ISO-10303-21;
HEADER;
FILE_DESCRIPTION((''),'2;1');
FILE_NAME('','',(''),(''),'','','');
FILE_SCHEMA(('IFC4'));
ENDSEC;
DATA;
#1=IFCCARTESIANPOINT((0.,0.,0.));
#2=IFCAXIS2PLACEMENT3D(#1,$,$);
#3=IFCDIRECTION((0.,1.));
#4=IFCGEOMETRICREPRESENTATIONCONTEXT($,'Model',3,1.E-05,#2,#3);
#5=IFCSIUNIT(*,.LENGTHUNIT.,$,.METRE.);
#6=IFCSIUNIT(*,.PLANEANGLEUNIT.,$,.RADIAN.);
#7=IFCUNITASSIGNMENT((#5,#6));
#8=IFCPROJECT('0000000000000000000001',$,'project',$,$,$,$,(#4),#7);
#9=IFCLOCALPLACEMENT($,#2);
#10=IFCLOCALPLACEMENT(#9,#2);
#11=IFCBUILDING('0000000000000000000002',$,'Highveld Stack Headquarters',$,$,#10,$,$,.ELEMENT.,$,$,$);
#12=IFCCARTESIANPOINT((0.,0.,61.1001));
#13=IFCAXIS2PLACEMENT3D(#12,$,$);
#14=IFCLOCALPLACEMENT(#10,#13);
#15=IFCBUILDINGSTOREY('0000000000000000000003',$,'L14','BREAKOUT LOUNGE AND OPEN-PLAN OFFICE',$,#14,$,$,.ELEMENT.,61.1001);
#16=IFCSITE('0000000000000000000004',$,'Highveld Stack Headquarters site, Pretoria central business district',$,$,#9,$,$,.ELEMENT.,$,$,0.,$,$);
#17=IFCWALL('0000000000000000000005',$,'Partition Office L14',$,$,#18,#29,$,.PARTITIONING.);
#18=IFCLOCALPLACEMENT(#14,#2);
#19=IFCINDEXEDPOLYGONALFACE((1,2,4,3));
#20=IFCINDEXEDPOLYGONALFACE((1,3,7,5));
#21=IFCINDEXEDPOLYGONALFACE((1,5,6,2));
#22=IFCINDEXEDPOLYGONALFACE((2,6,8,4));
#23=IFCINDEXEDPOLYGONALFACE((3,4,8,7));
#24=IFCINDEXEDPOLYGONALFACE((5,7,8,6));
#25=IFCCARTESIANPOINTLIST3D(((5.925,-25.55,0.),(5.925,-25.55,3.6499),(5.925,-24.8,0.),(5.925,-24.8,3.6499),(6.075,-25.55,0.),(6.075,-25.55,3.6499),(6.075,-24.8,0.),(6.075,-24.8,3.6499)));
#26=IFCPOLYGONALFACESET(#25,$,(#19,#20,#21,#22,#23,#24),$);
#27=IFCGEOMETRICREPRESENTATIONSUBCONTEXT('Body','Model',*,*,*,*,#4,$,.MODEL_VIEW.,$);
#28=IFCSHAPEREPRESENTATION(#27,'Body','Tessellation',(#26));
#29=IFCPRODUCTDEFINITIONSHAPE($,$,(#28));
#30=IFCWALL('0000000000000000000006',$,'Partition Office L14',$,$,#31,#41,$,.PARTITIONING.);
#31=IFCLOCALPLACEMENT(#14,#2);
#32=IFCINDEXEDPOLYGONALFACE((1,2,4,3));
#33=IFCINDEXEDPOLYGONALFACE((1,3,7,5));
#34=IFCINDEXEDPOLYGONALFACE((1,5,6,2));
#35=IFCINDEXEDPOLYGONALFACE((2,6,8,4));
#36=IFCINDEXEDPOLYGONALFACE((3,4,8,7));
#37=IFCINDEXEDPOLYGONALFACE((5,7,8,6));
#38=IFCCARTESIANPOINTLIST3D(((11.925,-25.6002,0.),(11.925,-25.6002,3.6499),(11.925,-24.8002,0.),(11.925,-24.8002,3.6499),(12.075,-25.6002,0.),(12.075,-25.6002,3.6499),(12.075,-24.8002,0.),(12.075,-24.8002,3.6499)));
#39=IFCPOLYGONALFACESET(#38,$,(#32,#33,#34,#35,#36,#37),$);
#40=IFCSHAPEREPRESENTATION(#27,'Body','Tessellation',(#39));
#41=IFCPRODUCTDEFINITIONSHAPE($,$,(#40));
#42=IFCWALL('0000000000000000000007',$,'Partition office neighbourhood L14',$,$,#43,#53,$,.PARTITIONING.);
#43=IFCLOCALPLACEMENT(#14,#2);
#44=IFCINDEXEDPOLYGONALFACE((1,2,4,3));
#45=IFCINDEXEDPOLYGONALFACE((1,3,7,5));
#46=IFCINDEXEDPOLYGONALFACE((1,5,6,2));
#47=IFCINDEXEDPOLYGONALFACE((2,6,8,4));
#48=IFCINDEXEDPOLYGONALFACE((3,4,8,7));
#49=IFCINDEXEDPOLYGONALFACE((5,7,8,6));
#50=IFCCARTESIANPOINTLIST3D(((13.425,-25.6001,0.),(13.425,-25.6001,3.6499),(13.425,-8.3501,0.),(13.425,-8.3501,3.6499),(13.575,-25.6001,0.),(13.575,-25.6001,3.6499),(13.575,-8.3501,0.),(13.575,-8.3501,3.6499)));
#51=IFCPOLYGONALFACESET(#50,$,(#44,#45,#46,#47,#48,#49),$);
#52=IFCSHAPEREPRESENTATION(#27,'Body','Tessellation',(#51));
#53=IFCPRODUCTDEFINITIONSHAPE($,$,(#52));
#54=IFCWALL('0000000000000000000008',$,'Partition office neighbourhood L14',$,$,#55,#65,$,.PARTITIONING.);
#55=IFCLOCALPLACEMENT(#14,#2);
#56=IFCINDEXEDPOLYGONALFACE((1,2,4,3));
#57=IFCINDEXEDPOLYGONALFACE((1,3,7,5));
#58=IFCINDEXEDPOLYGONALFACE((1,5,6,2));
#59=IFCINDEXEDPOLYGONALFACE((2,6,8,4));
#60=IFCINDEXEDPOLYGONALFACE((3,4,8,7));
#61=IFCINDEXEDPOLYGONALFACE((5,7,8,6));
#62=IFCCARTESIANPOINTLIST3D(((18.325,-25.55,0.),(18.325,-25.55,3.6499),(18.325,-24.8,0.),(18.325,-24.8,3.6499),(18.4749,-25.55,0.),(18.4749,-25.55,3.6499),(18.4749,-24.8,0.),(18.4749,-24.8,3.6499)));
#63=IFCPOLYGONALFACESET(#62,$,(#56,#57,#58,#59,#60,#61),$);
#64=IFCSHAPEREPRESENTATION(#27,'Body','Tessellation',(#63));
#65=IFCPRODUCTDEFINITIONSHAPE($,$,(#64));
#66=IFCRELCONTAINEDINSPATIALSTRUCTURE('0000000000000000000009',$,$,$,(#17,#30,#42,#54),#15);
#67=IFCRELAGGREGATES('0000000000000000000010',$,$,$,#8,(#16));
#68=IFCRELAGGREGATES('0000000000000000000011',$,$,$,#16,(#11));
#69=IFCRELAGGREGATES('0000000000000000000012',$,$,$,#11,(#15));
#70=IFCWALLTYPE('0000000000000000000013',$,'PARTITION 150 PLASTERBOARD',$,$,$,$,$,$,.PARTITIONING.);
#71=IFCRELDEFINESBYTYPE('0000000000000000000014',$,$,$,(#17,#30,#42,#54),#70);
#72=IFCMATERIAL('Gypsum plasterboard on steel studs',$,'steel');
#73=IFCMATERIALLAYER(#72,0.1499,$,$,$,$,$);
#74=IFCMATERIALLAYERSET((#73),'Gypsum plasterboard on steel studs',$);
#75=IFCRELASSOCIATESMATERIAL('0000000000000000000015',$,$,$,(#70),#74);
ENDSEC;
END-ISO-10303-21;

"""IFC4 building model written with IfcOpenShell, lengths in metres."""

from ifc_helpers import new_model, si_unit, direction, frame, frame_2d, origin, place, context, subcontext, project, spatial, rectangle, extrude, material, layer, layer_set, type_object, element, save


model = new_model("IFC4")

# Units and contexts
model_context = context("Model", 3, precision=1e-05, world=origin(), true_north=direction((0.0, 1.0)))
body_context = subcontext(model_context, "Body", "Model", "MODEL_VIEW")
ifc_project = project(units=[si_unit("LENGTHUNIT", "METRE"), si_unit("PLANEANGLEUNIT", "RADIAN")], contexts=[model_context])

# Site, building, storey
site_placement = place(None, origin())
site = spatial("IfcSite", under=ifc_project, at=site_placement, Name="Highveld Stack Headquarters site, Pretoria central business district", CompositionType="ELEMENT", RefElevation=0.0)
building_placement = place(site_placement, origin())
building = spatial("IfcBuilding", under=site, at=building_placement, Name="Highveld Stack Headquarters", CompositionType="ELEMENT")
storey_placement = place(building_placement, frame((0.0, 0.0, 61.1001)))
storey = spatial("IfcBuildingStorey", under=building, at=storey_placement, Name="L14", Description="BREAKOUT LOUNGE AND OPEN-PLAN OFFICE", CompositionType="ELEMENT", Elevation=61.1001)

# Walls
ifc_material_1 = material(Name="Gypsum plasterboard on steel studs", Category="steel")
ifc_layer_1 = layer(ifc_material_1, 0.1499)
ifc_layer_set_1 = layer_set([ifc_layer_1], Name="Gypsum plasterboard on steel studs")
wall_type = type_object("IfcWallType", Name="PARTITION 150 PLASTERBOARD", PredefinedType="PARTITIONING", material=ifc_layer_set_1)
wall_1_placement = place(storey_placement, frame((6.0, -25.55, 0.0), z_axis=(0.0, 0.0, 1.0), x_axis=(0.0, 1.0, 0.0)))
element("IfcWall", 1, at=wall_1_placement, inside=storey, type_object=wall_type, Name="Partition Office L14", PredefinedType="PARTITIONING", context=body_context, shape_type="SweptSolid", body=[
    extrude(rectangle(XDim=0.75, YDim=0.1499, at=frame_2d((0.375, 0.0))), origin(), (0.0, 0.0, 1.0), 3.6499),
])
wall_2_placement = place(storey_placement, frame((12.0, -25.6001, 0.0), z_axis=(0.0, 0.0, 1.0), x_axis=(0.0, 1.0, 0.0)))
element("IfcWall", 2, at=wall_2_placement, inside=storey, type_object=wall_type, Name="Partition Office L14", PredefinedType="PARTITIONING", context=body_context, shape_type="SweptSolid", body=[
    extrude(rectangle(XDim=0.8, YDim=0.1499, at=frame_2d((0.3999, 0.0))), origin(), (0.0, 0.0, 1.0), 3.6499),
])
wall_3_placement = place(storey_placement, frame((13.5, -25.6001, 0.0), z_axis=(0.0, 0.0, 1.0), x_axis=(0.0, 1.0, 0.0)))
element("IfcWall", 3, at=wall_3_placement, inside=storey, type_object=wall_type, Name="Partition office neighbourhood L14", PredefinedType="PARTITIONING", context=body_context, shape_type="SweptSolid", body=[
    extrude(rectangle(XDim=17.25, YDim=0.1499, at=frame_2d((8.625, 0.0))), origin(), (0.0, 0.0, 1.0), 3.6499),
])
wall_4_placement = place(storey_placement, frame((18.3999, -25.55, 0.0), z_axis=(0.0, 0.0, 1.0), x_axis=(0.0, 1.0, 0.0)))
element("IfcWall", 4, at=wall_4_placement, inside=storey, type_object=wall_type, Name="Partition office neighbourhood L14", PredefinedType="PARTITIONING", context=body_context, shape_type="SweptSolid", body=[
    extrude(rectangle(XDim=0.75, YDim=0.1499, at=frame_2d((0.375, 0.0))), origin(), (0.0, 0.0, 1.0), 3.6499),
])

save(model, "model.ifc")
